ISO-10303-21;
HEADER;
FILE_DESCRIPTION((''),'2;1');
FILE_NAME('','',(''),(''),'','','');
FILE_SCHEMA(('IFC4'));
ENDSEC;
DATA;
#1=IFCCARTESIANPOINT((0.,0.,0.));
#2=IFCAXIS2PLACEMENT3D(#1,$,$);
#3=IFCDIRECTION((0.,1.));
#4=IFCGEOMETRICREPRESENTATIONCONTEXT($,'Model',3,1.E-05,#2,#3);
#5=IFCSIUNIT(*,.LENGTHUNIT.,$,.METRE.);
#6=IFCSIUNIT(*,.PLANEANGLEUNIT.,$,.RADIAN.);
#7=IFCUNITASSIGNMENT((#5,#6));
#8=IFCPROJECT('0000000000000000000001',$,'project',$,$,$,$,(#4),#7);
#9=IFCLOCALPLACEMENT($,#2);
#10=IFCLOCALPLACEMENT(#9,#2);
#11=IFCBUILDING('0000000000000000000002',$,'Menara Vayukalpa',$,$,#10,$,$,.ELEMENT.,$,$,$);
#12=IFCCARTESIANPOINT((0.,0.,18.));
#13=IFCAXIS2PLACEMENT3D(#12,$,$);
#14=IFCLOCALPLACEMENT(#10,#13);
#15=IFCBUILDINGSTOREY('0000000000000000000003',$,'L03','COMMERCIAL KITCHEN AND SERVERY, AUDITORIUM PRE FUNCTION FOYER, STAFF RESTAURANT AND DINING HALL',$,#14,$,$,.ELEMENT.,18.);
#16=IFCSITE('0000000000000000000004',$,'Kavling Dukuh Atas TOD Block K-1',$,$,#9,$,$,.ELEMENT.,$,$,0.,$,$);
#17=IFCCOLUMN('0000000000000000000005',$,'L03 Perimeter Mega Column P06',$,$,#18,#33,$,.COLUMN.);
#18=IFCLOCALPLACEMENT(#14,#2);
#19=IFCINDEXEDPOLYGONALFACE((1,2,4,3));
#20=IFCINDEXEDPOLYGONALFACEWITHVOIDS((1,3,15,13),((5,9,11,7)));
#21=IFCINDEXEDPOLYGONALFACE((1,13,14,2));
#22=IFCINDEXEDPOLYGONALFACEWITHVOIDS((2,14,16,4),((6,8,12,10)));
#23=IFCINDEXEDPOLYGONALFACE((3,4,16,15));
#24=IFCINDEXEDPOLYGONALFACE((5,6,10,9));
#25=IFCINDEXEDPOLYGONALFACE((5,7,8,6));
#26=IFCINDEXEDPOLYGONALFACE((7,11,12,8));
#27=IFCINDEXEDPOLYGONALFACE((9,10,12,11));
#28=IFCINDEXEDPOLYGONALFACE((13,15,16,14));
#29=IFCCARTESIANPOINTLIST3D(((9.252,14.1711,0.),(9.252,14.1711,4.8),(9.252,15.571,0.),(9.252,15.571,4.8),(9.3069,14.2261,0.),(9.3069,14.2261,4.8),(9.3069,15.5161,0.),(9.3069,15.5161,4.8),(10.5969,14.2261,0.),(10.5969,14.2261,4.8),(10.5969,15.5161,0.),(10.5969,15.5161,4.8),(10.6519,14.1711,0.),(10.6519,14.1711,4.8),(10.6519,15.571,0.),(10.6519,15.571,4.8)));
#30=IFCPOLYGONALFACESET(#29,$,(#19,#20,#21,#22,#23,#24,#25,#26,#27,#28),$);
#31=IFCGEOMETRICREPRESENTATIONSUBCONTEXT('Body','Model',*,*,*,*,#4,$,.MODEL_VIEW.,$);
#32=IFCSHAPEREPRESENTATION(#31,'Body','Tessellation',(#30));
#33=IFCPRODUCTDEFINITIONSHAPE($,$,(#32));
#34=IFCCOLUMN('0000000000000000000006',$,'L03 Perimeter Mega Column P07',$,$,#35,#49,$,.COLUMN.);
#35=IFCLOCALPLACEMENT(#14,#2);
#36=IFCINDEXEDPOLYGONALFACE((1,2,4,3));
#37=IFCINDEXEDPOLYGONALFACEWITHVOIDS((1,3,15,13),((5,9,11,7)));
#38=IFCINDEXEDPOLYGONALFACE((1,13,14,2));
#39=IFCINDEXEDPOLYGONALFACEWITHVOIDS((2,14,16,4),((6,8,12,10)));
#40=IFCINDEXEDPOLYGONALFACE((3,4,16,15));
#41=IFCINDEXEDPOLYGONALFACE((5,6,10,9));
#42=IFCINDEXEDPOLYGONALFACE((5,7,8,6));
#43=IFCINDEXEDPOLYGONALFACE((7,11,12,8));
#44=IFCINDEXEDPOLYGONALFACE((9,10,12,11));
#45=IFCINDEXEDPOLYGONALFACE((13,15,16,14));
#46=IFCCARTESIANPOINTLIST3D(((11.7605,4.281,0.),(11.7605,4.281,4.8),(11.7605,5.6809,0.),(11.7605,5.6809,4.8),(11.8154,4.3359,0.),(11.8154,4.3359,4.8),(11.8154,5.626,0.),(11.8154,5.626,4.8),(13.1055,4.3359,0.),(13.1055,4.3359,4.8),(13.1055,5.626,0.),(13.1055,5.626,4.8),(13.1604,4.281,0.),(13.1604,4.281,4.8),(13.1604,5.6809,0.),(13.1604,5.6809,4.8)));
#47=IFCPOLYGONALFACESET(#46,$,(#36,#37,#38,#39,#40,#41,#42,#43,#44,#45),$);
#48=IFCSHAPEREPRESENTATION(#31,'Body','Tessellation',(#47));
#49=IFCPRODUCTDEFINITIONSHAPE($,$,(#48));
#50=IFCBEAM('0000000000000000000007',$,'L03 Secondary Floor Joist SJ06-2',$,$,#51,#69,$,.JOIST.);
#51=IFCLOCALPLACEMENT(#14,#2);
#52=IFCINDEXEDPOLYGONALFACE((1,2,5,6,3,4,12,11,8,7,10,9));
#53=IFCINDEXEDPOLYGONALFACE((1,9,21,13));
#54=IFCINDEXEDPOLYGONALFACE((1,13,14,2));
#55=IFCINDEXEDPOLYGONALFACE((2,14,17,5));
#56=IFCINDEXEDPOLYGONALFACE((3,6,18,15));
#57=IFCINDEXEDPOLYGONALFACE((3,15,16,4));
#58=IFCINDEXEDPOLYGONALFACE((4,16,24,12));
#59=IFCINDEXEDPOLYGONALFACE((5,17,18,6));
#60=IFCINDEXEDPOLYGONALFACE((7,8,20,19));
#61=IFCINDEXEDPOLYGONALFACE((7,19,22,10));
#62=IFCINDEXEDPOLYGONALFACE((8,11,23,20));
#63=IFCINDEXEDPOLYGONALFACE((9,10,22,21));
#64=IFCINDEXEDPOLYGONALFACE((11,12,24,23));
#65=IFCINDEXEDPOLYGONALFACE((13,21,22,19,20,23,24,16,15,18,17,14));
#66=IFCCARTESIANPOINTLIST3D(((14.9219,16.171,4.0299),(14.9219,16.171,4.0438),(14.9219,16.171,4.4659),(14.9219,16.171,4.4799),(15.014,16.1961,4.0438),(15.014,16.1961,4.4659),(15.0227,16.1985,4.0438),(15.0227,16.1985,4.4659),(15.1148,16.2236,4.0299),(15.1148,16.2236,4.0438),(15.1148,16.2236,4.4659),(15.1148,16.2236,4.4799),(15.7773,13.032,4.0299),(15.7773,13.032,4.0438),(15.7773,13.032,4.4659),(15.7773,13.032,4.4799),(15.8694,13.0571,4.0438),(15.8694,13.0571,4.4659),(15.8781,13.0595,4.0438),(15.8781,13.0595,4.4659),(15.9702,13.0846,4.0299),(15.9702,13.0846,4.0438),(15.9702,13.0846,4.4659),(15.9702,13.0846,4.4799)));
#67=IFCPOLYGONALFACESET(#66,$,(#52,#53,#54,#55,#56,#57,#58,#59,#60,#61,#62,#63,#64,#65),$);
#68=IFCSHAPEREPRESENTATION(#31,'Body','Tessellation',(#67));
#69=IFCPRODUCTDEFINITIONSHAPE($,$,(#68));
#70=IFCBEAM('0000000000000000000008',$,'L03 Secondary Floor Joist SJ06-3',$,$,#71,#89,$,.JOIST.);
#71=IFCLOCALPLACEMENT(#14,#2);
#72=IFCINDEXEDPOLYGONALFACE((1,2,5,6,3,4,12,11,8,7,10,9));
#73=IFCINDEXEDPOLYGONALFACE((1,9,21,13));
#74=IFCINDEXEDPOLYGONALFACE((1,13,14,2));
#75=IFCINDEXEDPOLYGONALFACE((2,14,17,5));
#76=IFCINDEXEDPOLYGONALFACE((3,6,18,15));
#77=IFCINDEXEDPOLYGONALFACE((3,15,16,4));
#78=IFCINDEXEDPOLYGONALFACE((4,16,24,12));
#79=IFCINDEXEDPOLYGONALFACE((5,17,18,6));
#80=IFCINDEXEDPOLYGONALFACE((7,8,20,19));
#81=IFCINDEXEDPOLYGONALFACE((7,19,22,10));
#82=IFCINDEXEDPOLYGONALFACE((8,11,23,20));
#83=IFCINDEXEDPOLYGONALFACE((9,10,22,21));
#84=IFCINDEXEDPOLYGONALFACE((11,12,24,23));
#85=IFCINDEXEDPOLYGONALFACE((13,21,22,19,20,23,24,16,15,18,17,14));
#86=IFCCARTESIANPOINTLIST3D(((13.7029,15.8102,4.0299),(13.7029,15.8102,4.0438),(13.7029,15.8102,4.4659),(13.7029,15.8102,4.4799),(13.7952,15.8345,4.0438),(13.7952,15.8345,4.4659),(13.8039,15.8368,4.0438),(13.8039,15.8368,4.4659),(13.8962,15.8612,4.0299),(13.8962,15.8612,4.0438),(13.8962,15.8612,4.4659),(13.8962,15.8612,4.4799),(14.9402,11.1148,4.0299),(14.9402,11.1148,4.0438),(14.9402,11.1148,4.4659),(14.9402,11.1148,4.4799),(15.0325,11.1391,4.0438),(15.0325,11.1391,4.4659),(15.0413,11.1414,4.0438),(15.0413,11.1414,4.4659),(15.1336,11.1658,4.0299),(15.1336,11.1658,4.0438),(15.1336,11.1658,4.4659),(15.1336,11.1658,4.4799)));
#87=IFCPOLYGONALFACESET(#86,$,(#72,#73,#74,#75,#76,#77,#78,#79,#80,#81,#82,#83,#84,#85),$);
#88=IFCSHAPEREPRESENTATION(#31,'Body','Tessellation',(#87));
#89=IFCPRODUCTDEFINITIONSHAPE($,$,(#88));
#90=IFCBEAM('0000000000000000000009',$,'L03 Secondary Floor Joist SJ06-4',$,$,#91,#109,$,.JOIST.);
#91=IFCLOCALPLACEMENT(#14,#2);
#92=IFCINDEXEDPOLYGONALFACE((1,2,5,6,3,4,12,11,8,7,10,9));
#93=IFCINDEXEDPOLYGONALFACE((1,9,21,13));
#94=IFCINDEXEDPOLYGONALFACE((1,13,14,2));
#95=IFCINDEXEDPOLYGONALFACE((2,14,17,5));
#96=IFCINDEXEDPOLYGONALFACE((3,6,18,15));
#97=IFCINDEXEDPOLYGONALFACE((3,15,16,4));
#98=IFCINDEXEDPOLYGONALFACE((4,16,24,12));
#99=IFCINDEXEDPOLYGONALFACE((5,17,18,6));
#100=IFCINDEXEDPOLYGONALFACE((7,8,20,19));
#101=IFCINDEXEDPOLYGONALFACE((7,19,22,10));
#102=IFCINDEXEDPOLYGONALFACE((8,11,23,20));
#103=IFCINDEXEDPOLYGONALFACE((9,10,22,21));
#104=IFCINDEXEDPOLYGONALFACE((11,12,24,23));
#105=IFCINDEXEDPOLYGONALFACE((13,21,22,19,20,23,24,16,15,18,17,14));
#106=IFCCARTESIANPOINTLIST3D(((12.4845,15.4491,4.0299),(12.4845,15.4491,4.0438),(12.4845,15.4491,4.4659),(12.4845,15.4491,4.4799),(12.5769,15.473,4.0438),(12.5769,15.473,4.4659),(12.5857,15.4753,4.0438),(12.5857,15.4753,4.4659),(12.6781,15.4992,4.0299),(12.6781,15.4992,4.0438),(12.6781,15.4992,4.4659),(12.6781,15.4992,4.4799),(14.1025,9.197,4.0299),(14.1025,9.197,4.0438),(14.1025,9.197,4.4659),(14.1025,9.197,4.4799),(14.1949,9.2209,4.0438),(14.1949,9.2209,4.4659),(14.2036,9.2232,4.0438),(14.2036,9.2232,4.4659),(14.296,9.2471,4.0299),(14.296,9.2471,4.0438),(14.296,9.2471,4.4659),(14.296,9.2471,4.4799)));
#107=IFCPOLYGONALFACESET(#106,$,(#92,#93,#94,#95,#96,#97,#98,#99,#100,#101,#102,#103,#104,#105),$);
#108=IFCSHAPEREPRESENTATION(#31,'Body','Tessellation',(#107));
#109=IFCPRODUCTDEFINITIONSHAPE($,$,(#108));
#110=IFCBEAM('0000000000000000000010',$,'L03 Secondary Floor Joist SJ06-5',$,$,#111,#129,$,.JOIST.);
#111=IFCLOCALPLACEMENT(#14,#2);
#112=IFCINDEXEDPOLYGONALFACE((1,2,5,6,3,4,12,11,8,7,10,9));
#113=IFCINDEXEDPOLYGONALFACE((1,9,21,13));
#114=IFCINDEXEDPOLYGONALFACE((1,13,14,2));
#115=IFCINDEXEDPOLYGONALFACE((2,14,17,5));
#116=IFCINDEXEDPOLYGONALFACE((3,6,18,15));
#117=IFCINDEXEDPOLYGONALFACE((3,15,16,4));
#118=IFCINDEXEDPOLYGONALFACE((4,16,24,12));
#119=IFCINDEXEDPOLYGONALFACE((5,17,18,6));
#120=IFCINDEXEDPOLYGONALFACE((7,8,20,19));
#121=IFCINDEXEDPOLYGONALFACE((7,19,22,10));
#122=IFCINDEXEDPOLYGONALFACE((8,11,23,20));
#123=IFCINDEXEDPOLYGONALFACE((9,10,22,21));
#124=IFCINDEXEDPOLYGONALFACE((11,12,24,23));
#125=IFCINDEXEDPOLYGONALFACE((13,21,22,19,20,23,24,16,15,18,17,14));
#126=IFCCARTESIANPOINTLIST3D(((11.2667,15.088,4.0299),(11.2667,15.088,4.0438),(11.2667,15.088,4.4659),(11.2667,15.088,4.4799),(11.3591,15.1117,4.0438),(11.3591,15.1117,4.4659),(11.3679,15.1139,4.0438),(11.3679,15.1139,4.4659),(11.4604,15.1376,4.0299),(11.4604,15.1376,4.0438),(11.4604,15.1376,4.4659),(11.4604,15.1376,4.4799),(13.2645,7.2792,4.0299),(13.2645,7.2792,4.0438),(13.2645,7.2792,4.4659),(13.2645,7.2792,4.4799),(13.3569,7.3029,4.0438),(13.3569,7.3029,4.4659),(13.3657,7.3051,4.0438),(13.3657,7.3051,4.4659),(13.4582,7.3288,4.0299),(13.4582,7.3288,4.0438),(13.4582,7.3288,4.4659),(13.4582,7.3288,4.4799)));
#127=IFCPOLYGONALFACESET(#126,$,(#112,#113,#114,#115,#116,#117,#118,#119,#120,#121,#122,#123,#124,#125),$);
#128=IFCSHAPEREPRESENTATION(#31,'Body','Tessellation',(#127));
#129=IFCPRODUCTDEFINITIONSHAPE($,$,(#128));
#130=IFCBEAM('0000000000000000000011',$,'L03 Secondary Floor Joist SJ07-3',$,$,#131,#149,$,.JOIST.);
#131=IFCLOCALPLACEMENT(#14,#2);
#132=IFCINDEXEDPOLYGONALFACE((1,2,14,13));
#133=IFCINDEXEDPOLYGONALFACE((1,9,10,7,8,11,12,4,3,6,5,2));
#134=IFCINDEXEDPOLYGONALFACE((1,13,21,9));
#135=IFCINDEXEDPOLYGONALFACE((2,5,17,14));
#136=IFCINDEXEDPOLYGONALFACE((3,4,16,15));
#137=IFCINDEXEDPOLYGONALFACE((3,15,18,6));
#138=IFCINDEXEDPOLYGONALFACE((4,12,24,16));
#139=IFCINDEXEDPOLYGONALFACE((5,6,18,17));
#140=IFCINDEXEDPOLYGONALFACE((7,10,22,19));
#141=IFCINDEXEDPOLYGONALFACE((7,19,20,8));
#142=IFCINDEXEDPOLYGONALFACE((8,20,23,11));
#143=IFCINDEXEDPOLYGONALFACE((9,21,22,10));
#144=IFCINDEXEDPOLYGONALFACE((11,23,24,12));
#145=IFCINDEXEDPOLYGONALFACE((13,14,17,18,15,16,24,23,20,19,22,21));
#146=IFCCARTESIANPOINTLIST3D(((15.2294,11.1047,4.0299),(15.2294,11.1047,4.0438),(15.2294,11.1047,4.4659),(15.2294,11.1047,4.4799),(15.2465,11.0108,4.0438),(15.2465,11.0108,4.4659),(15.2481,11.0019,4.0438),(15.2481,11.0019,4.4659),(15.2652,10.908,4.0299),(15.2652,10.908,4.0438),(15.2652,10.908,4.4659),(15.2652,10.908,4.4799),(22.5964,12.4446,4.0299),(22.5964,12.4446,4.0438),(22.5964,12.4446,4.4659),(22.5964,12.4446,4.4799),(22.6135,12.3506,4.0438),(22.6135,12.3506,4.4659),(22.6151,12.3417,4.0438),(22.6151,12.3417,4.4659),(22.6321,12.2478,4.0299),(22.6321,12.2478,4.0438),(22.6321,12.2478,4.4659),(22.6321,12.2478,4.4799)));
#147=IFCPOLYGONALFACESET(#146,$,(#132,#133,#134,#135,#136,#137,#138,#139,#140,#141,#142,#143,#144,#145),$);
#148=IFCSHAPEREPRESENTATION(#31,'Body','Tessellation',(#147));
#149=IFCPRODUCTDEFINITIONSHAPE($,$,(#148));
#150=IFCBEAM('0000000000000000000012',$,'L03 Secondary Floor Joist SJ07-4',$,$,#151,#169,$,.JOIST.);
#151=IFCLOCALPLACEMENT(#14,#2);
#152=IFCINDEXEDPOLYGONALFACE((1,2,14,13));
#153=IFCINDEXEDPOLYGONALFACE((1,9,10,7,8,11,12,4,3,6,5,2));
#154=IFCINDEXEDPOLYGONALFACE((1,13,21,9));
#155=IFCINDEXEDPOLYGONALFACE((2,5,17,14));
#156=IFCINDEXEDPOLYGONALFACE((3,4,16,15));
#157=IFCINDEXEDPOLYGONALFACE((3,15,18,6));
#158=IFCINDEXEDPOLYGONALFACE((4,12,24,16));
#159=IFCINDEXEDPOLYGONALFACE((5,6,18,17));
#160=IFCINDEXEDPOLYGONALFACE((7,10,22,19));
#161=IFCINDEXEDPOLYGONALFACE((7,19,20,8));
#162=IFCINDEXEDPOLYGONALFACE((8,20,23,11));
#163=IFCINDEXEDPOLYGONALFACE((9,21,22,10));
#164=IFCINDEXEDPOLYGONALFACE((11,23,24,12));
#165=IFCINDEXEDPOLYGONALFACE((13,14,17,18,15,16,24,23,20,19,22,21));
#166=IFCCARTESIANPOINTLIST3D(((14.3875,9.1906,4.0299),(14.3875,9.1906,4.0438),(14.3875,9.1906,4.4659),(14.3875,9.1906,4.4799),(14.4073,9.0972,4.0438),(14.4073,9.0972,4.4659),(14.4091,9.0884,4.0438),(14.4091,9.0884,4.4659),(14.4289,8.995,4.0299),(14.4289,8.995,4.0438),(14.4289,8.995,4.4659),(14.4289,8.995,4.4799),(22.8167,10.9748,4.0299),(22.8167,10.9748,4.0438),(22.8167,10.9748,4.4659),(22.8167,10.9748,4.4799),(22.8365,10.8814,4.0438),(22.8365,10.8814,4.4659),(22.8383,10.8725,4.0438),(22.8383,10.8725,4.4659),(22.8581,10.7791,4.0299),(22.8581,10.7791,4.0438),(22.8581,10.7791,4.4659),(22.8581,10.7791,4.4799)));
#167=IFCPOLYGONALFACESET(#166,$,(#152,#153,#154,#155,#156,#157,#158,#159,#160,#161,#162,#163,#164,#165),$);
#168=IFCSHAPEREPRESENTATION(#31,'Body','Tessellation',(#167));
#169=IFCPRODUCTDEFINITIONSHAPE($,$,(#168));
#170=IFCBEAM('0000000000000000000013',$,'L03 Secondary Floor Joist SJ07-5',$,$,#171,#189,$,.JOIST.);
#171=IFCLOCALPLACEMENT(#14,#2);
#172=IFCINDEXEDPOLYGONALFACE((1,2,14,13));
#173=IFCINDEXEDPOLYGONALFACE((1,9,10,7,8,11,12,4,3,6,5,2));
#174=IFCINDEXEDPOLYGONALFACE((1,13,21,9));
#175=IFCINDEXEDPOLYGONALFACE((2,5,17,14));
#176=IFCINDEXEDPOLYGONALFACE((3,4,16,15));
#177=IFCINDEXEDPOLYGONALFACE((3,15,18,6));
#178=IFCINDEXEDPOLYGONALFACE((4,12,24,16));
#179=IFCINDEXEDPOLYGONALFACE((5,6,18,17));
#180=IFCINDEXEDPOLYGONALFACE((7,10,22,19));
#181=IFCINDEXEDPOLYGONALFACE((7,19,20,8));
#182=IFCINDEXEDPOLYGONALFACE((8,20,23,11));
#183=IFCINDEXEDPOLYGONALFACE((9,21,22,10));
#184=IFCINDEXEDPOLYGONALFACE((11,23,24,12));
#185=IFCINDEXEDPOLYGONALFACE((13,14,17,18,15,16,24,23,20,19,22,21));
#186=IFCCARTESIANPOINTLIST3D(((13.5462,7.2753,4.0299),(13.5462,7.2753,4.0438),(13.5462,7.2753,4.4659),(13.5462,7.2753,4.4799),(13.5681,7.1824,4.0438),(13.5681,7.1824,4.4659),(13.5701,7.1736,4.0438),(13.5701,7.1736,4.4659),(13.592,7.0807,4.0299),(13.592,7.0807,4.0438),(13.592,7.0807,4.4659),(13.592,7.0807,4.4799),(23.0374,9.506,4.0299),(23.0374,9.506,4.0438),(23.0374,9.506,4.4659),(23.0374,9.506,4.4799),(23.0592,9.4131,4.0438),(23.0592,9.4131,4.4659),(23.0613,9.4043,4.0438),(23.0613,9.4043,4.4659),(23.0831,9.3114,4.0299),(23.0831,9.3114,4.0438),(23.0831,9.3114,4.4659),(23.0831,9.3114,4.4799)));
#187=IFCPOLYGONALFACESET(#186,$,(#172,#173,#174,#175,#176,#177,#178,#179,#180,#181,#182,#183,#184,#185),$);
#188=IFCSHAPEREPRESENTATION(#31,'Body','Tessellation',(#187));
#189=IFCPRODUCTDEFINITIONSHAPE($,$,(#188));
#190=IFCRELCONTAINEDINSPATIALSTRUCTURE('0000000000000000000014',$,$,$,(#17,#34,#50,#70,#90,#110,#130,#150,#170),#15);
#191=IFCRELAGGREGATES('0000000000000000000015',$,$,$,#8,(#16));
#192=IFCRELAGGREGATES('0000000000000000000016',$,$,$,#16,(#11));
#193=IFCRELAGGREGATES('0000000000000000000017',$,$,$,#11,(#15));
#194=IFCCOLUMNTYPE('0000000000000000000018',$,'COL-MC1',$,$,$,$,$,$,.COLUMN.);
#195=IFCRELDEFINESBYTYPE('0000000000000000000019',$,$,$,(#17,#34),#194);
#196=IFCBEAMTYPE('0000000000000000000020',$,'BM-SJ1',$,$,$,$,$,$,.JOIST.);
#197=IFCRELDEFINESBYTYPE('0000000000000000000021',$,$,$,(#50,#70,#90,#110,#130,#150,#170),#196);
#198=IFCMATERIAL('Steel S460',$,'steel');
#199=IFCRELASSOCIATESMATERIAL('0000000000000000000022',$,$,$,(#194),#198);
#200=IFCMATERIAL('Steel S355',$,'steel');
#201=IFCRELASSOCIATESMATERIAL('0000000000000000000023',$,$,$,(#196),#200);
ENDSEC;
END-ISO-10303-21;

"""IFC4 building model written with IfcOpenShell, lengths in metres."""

from ifc_helpers import new_model, si_unit, direction, frame, origin, origin_2d, place, context, subcontext, project, spatial, hollow_rectangle, i_section, extrude, material, material_profile, profile_set, type_object, element, save


model = new_model("IFC4")

# Units and contexts
model_context = context("Model", 3, precision=1e-05, world=origin(), true_north=direction((0.0, 1.0)))
body_context = subcontext(model_context, "Body", "Model", "MODEL_VIEW")
ifc_project = project(units=[si_unit("LENGTHUNIT", "METRE"), si_unit("PLANEANGLEUNIT", "RADIAN")], contexts=[model_context])

# Site, building, storey
site_placement = place(None, origin())
site = spatial("IfcSite", under=ifc_project, at=site_placement, Name="Kavling Dukuh Atas TOD Block K-1", CompositionType="ELEMENT", RefElevation=0.0)
building_placement = place(site_placement, origin())
building = spatial("IfcBuilding", under=site, at=building_placement, Name="Menara Vayukalpa", CompositionType="ELEMENT")
storey_placement = place(building_placement, frame((0.0, 0.0, 18.0)))
storey = spatial("IfcBuildingStorey", under=building, at=storey_placement, Name="L03", Description="COMMERCIAL KITCHEN AND SERVERY, AUDITORIUM PRE FUNCTION FOYER, STAFF RESTAURANT AND DINING HALL", CompositionType="ELEMENT", Elevation=18.0)

# Columns
ifc_material_1 = material(Name="Steel S460", Category="steel")
ifc_material_profile_1 = material_profile(ifc_material_1, hollow_rectangle(XDim=1.3999, YDim=1.3999, WallThickness=0.0549, at=origin_2d()), Name="BOX 1400x1400x55")
ifc_profile_set_1 = profile_set([ifc_material_profile_1], Name="Steel S460")
column_type = type_object("IfcColumnType", Name="COL-MC1", PredefinedType="COLUMN", material=ifc_profile_set_1)
for number, where, z_axis, x_axis, name in (
    (1, (9.9519, 14.8711, 0.0), (0.0, 0.0, 1.0), (1.0, 0.0, 0.0), "L03 Perimeter Mega Column P06"),
    (2, (12.4604, 4.981, 0.0), (0.0, 0.0, 1.0), (1.0, 0.0, 0.0), "L03 Perimeter Mega Column P07"),
):
    element("IfcColumn", number, at=place(storey_placement, frame(where, z_axis=z_axis, x_axis=x_axis)), inside=storey, type_object=column_type, Name=name, PredefinedType="COLUMN", context=body_context, shape_type="SweptSolid", body=[
        extrude(hollow_rectangle(XDim=1.3999, YDim=1.3999, WallThickness=0.0549, at=origin_2d()), origin(), (0.0, 0.0, 1.0), 4.8),
    ])

# Beams
ifc_material_2 = material(Name="Steel S355", Category="steel")
ifc_material_profile_2 = material_profile(ifc_material_2, i_section(OverallWidth=0.2, OverallDepth=0.45, WebThickness=0.009, FlangeThickness=0.0139, at=origin_2d()), Name="WF 450x200x9x14")
ifc_profile_set_2 = profile_set([ifc_material_profile_2], Name="Steel S355")
beam_type_1 = type_object("IfcBeamType", Name="BM-SJ1", PredefinedType="JOIST", material=ifc_profile_set_2)
beam_1_placement = place(storey_placement, frame((15.0183, 16.1973, 4.2549), z_axis=(0.262946, -0.964811, 0.0), x_axis=(0.964811, 0.262946, 0.0)))
element("IfcBeam", 3, at=beam_1_placement, inside=storey, type_object=beam_type_1, Name="L03 Secondary Floor Joist SJ06-2", PredefinedType="JOIST", context=body_context, shape_type="SweptSolid", body=[
    extrude(i_section(OverallWidth=0.2, OverallDepth=0.45, WebThickness=0.009, FlangeThickness=0.0139, at=origin_2d()), origin(), (0.0, 0.0, 1.0), 3.2534),
])
beam_2_placement = place(storey_placement, frame((13.7996, 15.8357, 4.2549), z_axis=(0.25482, -0.966989, 0.0), x_axis=(0.966989, 0.25482, 0.0)))
element("IfcBeam", 4, at=beam_2_placement, inside=storey, type_object=beam_type_1, Name="L03 Secondary Floor Joist SJ06-3", PredefinedType="JOIST", context=body_context, shape_type="SweptSolid", body=[
    extrude(i_section(OverallWidth=0.2, OverallDepth=0.45, WebThickness=0.009, FlangeThickness=0.0139, at=origin_2d()), origin(), (0.0, 0.0, 1.0), 4.8557),
])
beam_3_placement = place(storey_placement, frame((12.5813, 15.4741, 4.2549), z_axis=(0.250533, -0.968108, 0.0), x_axis=(0.968108, 0.250533, 0.0)))
element("IfcBeam", 5, at=beam_3_placement, inside=storey, type_object=beam_type_1, Name="L03 Secondary Floor Joist SJ06-4", PredefinedType="JOIST", context=body_context, shape_type="SweptSolid", body=[
    extrude(i_section(OverallWidth=0.2, OverallDepth=0.45, WebThickness=0.009, FlangeThickness=0.0139, at=origin_2d()), origin(), (0.0, 0.0, 1.0), 6.458),
])
beam_4_placement = place(storey_placement, frame((11.3635, 15.1128, 4.2549), z_axis=(0.247856, -0.968797, 0.0), x_axis=(0.968797, 0.247856, 0.0)))
element("IfcBeam", 6, at=beam_4_placement, inside=storey, type_object=beam_type_1, Name="L03 Secondary Floor Joist SJ06-5", PredefinedType="JOIST", context=body_context, shape_type="SweptSolid", body=[
    extrude(i_section(OverallWidth=0.2, OverallDepth=0.45, WebThickness=0.009, FlangeThickness=0.0139, at=origin_2d()), origin(), (0.0, 0.0, 1.0), 8.0603),
])
beam_5_placement = place(storey_placement, frame((15.2473, 11.0063, 4.2549), z_axis=(0.983861, 0.178937, 0.0), x_axis=(-0.178937, 0.983861, 0.0)))
element("IfcBeam", 7, at=beam_5_placement, inside=storey, type_object=beam_type_1, Name="L03 Secondary Floor Joist SJ07-3", PredefinedType="JOIST", context=body_context, shape_type="SweptSolid", body=[
    extrude(i_section(OverallWidth=0.2, OverallDepth=0.45, WebThickness=0.009, FlangeThickness=0.0139, at=origin_2d()), origin(), (0.0, 0.0, 1.0), 7.4878),
])
beam_6_placement = place(storey_placement, frame((14.4082, 9.0928, 4.2549), z_axis=(0.978324, 0.207079, 0.0), x_axis=(-0.207079, 0.978324, 0.0)))
element("IfcBeam", 8, at=beam_6_placement, inside=storey, type_object=beam_type_1, Name="L03 Secondary Floor Joist SJ07-4", PredefinedType="JOIST", context=body_context, shape_type="SweptSolid", body=[
    extrude(i_section(OverallWidth=0.2, OverallDepth=0.45, WebThickness=0.009, FlangeThickness=0.0139, at=origin_2d()), origin(), (0.0, 0.0, 1.0), 8.616),
])
beam_7_placement = place(storey_placement, frame((13.5691, 7.178, 4.2549), z_axis=(0.973475, 0.228795, 0.0), x_axis=(-0.228795, 0.973475, 0.0)))
element("IfcBeam", 9, at=beam_7_placement, inside=storey, type_object=beam_type_1, Name="L03 Secondary Floor Joist SJ07-5", PredefinedType="JOIST", context=body_context, shape_type="SweptSolid", body=[
    extrude(i_section(OverallWidth=0.2, OverallDepth=0.45, WebThickness=0.009, FlangeThickness=0.0139, at=origin_2d()), origin(), (0.0, 0.0, 1.0), 9.7498),
])

save(model, "model.ifc")
